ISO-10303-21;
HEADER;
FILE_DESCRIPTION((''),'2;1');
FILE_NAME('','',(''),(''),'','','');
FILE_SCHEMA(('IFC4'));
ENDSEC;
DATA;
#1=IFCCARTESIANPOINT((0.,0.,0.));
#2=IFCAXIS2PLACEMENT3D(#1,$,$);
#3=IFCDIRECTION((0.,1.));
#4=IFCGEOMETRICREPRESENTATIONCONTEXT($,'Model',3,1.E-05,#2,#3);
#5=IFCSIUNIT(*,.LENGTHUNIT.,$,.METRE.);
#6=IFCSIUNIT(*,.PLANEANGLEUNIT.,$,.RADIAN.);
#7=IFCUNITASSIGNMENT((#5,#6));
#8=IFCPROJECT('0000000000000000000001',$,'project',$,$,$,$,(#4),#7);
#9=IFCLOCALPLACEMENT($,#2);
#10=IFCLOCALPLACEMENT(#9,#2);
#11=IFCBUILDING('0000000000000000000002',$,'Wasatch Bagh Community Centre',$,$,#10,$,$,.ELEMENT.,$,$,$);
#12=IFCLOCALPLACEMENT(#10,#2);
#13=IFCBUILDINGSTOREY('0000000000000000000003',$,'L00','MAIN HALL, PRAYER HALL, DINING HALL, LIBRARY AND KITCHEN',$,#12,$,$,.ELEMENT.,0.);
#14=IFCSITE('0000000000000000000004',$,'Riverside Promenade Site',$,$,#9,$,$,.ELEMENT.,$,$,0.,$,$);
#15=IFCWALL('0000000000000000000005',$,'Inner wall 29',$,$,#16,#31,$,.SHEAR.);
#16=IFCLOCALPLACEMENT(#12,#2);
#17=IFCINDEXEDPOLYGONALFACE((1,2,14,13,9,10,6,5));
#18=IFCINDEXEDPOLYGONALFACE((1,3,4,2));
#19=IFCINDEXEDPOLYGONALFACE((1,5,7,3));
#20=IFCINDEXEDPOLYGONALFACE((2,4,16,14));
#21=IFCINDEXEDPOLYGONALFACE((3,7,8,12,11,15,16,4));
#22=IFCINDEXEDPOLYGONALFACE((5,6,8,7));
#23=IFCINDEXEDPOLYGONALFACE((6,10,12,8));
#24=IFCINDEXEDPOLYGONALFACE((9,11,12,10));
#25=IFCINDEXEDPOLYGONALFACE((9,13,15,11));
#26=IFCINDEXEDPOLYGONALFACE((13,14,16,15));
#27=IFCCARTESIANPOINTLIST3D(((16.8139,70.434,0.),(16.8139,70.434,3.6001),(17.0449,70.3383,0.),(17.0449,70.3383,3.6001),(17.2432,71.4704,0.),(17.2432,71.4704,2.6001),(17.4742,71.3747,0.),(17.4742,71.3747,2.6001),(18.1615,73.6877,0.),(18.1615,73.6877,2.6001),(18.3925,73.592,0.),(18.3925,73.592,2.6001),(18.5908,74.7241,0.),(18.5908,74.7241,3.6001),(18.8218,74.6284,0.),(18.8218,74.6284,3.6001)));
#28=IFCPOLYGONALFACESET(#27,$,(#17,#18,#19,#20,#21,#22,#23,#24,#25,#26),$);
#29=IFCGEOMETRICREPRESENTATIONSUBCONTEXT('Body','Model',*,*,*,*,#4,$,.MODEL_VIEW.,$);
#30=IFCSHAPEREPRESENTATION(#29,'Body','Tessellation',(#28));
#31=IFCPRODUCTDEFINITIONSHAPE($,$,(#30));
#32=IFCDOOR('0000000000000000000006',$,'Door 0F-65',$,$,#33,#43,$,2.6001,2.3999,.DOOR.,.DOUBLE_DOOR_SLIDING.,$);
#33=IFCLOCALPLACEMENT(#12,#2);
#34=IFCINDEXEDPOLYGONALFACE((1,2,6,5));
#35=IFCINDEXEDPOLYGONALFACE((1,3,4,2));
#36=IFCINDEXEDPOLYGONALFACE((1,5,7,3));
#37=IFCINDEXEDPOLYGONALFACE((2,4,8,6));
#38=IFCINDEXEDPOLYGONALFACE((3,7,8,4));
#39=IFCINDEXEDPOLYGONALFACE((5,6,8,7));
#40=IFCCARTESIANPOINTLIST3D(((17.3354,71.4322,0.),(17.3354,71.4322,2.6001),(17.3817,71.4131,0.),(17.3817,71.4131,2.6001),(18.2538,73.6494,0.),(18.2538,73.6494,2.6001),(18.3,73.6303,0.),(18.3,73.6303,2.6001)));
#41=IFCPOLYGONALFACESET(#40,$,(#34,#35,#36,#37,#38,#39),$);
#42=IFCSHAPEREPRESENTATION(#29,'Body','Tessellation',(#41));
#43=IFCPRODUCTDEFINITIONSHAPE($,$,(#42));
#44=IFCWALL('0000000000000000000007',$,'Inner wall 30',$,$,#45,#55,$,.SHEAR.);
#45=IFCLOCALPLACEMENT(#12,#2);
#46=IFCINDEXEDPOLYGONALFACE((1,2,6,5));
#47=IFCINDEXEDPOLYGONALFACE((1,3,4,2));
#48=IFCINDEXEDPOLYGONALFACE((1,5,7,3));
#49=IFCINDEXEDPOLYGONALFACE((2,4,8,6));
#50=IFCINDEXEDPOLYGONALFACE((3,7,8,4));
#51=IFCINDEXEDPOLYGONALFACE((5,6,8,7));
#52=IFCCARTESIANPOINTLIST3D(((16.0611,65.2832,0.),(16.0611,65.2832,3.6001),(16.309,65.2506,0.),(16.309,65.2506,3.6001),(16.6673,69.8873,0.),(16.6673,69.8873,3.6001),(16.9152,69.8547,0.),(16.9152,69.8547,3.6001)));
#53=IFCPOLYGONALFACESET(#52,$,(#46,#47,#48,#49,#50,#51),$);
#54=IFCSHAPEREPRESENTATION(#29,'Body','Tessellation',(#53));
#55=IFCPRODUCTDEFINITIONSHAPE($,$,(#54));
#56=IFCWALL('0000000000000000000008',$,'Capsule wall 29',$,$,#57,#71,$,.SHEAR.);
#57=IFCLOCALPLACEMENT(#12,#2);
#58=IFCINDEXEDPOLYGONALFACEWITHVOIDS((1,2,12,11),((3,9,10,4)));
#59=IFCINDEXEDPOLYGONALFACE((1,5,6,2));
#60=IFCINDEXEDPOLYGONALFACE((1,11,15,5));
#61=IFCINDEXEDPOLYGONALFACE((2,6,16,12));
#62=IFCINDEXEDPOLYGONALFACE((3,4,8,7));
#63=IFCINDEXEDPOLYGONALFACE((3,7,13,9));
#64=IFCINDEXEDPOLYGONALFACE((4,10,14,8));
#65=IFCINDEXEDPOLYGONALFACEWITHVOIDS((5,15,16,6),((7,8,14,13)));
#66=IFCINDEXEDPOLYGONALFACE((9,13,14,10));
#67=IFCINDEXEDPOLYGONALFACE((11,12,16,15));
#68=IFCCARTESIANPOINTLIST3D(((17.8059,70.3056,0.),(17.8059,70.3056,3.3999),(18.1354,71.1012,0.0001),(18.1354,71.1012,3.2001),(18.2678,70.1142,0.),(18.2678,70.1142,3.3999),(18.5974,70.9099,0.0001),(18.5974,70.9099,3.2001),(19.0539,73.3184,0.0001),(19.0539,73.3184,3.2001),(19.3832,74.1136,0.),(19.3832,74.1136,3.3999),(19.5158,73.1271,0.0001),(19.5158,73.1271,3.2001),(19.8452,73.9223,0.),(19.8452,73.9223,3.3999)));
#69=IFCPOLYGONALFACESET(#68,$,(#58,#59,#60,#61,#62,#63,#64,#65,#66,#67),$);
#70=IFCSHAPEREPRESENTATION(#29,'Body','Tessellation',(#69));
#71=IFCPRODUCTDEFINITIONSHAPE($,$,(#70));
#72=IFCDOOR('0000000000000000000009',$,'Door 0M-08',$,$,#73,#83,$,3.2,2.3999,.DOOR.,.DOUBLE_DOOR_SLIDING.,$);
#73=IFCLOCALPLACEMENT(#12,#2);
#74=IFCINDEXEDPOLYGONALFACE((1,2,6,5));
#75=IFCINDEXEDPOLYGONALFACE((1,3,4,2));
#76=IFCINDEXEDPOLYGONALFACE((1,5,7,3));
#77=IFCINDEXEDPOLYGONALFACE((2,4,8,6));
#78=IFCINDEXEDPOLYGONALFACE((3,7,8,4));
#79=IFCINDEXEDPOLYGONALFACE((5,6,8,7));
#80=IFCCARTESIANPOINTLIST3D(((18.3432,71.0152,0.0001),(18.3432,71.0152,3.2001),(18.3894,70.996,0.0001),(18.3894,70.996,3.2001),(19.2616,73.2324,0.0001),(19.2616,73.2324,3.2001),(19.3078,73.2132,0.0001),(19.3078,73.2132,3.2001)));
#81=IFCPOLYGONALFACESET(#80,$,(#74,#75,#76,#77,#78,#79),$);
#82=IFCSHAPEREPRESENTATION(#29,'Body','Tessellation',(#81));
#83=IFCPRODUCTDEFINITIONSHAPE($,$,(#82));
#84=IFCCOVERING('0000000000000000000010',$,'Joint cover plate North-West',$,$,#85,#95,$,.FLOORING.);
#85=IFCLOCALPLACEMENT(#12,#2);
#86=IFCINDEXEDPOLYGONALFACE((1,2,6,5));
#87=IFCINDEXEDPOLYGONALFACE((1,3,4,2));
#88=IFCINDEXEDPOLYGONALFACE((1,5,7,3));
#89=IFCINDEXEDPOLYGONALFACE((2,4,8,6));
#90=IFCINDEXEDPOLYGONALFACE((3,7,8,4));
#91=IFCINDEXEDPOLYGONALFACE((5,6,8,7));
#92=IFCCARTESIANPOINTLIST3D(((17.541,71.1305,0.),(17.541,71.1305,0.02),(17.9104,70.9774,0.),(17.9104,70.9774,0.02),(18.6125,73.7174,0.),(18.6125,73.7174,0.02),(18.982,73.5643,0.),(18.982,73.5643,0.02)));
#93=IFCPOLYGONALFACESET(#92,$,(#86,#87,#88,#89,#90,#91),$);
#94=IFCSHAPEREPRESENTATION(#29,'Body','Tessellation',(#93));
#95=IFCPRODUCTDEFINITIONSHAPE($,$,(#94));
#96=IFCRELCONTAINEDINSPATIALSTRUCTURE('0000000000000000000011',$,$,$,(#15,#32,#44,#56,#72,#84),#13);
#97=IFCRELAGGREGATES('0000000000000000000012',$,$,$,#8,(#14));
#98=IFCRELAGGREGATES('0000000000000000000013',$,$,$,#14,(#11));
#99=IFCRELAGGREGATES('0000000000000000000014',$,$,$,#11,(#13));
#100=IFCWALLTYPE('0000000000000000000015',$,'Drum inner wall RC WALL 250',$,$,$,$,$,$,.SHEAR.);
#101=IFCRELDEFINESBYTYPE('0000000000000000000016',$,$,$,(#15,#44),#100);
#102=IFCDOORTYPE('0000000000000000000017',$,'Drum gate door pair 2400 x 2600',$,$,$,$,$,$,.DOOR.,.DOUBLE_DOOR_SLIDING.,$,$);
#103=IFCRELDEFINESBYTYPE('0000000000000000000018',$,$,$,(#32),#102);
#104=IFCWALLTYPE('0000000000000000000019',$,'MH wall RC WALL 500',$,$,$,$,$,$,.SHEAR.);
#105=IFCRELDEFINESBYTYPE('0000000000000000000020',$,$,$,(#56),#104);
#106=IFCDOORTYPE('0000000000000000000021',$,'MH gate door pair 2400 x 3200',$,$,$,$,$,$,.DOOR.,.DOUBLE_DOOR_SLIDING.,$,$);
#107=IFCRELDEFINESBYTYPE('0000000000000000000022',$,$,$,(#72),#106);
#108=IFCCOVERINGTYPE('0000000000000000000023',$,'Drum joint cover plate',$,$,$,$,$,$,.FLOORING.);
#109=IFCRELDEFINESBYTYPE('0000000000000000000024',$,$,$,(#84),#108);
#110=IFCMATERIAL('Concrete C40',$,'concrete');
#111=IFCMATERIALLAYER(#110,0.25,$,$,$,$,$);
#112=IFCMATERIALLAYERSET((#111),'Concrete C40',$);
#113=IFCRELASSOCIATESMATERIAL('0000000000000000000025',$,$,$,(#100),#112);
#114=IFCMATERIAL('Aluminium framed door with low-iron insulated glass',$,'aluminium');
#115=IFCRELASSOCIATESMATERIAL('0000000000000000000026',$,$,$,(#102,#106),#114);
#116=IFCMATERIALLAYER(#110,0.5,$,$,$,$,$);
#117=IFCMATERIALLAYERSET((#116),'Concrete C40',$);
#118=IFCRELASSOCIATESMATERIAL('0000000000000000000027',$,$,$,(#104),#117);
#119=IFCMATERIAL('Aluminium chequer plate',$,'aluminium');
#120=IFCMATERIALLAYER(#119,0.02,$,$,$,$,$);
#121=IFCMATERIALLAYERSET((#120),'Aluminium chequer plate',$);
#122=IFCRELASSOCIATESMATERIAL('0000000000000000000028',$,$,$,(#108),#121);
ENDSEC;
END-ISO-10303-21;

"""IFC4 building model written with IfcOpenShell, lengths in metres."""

from ifc_helpers import new_model, si_unit, direction, frame, frame_2d, origin, origin_2d, place, context, subcontext, project, spatial, rectangle, extrude, material, layer, layer_set, type_object, element, fill, save


model = new_model("IFC4")

# Units and contexts
model_context = context("Model", 3, precision=1e-05, world=origin(), true_north=direction((0.0, 1.0)))
body_context = subcontext(model_context, "Body", "Model", "MODEL_VIEW")
ifc_project = project(units=[si_unit("LENGTHUNIT", "METRE"), si_unit("PLANEANGLEUNIT", "RADIAN")], contexts=[model_context])

# Site, building, storey
site_placement = place(None, origin())
site = spatial("IfcSite", under=ifc_project, at=site_placement, Name="Riverside Promenade Site", CompositionType="ELEMENT", RefElevation=0.0)
building_placement = place(site_placement, origin())
building = spatial("IfcBuilding", under=site, at=building_placement, Name="Wasatch Bagh Community Centre", CompositionType="ELEMENT")
storey_placement = place(building_placement, origin())
storey = spatial("IfcBuildingStorey", under=building, at=storey_placement, Name="L00", Description="MAIN HALL, PRAYER HALL, DINING HALL, LIBRARY AND KITCHEN", CompositionType="ELEMENT", Elevation=0.0)

# Shared definitions
ifc_material_1 = material(Name="Concrete C40", Category="concrete")

# Wall, opening, door
ifc_layer_1 = layer(ifc_material_1, 0.25)
ifc_layer_set_1 = layer_set([ifc_layer_1], Name="Concrete C40")
wall_type_1 = type_object("IfcWallType", Name="Drum inner wall RC WALL 250", PredefinedType="SHEAR", material=ifc_layer_set_1)
wall_1_placement = place(storey_placement, frame((18.7063, 74.6763, 0.0), z_axis=(0.0, 0.0, 1.0), x_axis=(-0.382658, -0.92389, 0.0)))
wall_1 = element("IfcWall", 1, at=wall_1_placement, inside=storey, type_object=wall_type_1, Name="Inner wall 29", PredefinedType="SHEAR", context=body_context, shape_type="SweptSolid", body=[
    extrude(rectangle(XDim=4.6436, YDim=0.25, at=frame_2d((2.3218, 0.0))), origin(), (0.0, 0.0, 1.0), 3.6001),
])
opening_1_placement = place(wall_1_placement, frame((1.1218, 0.0, 0.0)))
opening_1 = element("IfcOpeningElement", 2, at=opening_1_placement, cuts=wall_1, PredefinedType="OPENING", context=body_context, shape_type="SweptSolid", body=[
    extrude(rectangle(XDim=2.3999, YDim=2.6001, at=frame_2d((1.2, 1.3))), frame((0.0, 0.135, 0.0), z_axis=(0.0, -1.0, 0.0), x_axis=(1.0, 0.0, 0.0)), (0.0, 0.0, 1.0), 0.27),
])
ifc_material_2 = material(Name="Aluminium framed door with low-iron insulated glass", Category="aluminium")
door_type_1 = type_object("IfcDoorType", Name="Drum gate door pair 2400 x 2600", OperationType="DOUBLE_DOOR_SLIDING", PredefinedType="DOOR", material=ifc_material_2)
door_1_placement = place(opening_1_placement, origin())
door_1 = element("IfcDoor", 3, at=door_1_placement, inside=storey, type_object=door_type_1, Name="Door 0F-65", OperationType="DOUBLE_DOOR_SLIDING", OverallHeight=2.6001, OverallWidth=2.3999, PredefinedType="DOOR", context=body_context, shape_type="SweptSolid", body=[
    extrude(rectangle(XDim=2.3999, YDim=2.6001, at=frame_2d((1.2, 1.3))), frame((0.0, 0.0249, 0.0), z_axis=(0.0, -1.0, 0.0), x_axis=(1.0, 0.0, 0.0)), (0.0, 0.0, 1.0), 0.05),
])
fill(opening_1, door_1)

# Wall
wall_2_placement = place(storey_placement, frame((16.7913, 69.8708, 0.0), z_axis=(0.0, 0.0, 1.0), x_axis=(-0.130542, -0.991443, 0.0)))
element("IfcWall", 4, at=wall_2_placement, inside=storey, type_object=wall_type_1, Name="Inner wall 30", PredefinedType="SHEAR", context=body_context, shape_type="SweptSolid", body=[
    extrude(rectangle(XDim=4.6438, YDim=0.25, at=frame_2d((2.3218, 0.0))), origin(), (0.0, 0.0, 1.0), 3.6001),
])

# Wall, opening, door
ifc_layer_2 = layer(ifc_material_1, 0.5)
ifc_layer_set_2 = layer_set([ifc_layer_2], Name="Concrete C40")
wall_type_2 = type_object("IfcWallType", Name="MH wall RC WALL 500", PredefinedType="SHEAR", material=ifc_layer_set_2)
wall_3_placement = place(storey_placement, frame((19.6143, 74.0181, 0.0), z_axis=(0.0, 0.0, 1.0), x_axis=(-0.382688, -0.923878, 0.0)))
wall_3 = element("IfcWall", 5, at=wall_3_placement, inside=storey, type_object=wall_type_2, Name="Capsule wall 29", PredefinedType="SHEAR", context=body_context, shape_type="SweptSolid", body=[
    extrude(rectangle(XDim=4.1218, YDim=0.5, at=frame_2d((2.061, 0.0))), origin(), (0.0, 0.0, 1.0), 3.3999),
])
opening_2_placement = place(wall_3_placement, frame((0.8608, 0.0, 0.0)))
opening_2 = element("IfcOpeningElement", 6, at=opening_2_placement, cuts=wall_3, PredefinedType="OPENING", context=body_context, shape_type="SweptSolid", body=[
    extrude(rectangle(XDim=2.3999, YDim=3.2, at=frame_2d((1.2, 1.6001))), frame((0.0, 0.26, 0.0), z_axis=(0.0, -1.0, 0.0), x_axis=(1.0, 0.0, 0.0)), (0.0, 0.0, 1.0), 0.52),
])
door_type_2 = type_object("IfcDoorType", Name="MH gate door pair 2400 x 3200", OperationType="DOUBLE_DOOR_SLIDING", PredefinedType="DOOR", material=ifc_material_2)
door_2_placement = place(opening_2_placement, origin())
door_2 = element("IfcDoor", 7, at=door_2_placement, inside=storey, type_object=door_type_2, Name="Door 0M-08", OperationType="DOUBLE_DOOR_SLIDING", OverallHeight=3.2, OverallWidth=2.3999, PredefinedType="DOOR", context=body_context, shape_type="SweptSolid", body=[
    extrude(rectangle(XDim=2.3999, YDim=3.2, at=frame_2d((1.2, 1.6001))), frame((0.0, 0.0249, 0.0), z_axis=(0.0, -1.0, 0.0), x_axis=(1.0, 0.0, 0.0)), (0.0, 0.0, 1.0), 0.05),
])
fill(opening_2, door_2)

# Covering
ifc_material_3 = material(Name="Aluminium chequer plate", Category="aluminium")
ifc_layer_3 = layer(ifc_material_3, 0.02)
ifc_layer_set_3 = layer_set([ifc_layer_3], Name="Aluminium chequer plate")
covering_type = type_object("IfcCoveringType", Name="Drum joint cover plate", PredefinedType="FLOORING", material=ifc_layer_set_3)
covering_placement = place(storey_placement, frame((18.2615, 72.3474, 0.0), z_axis=(0.0, 0.0, 1.0), x_axis=(-0.92388, 0.382683, 0.0)))
element("IfcCovering", 8, at=covering_placement, inside=storey, type_object=covering_type, Name="Joint cover plate North-West", PredefinedType="FLOORING", context=body_context, shape_type="SweptSolid", body=[
    extrude(rectangle(XDim=0.3999, YDim=2.8, at=origin_2d()), origin(), (0.0, 0.0, 1.0), 0.02),
])

save(model, "model.ifc")
